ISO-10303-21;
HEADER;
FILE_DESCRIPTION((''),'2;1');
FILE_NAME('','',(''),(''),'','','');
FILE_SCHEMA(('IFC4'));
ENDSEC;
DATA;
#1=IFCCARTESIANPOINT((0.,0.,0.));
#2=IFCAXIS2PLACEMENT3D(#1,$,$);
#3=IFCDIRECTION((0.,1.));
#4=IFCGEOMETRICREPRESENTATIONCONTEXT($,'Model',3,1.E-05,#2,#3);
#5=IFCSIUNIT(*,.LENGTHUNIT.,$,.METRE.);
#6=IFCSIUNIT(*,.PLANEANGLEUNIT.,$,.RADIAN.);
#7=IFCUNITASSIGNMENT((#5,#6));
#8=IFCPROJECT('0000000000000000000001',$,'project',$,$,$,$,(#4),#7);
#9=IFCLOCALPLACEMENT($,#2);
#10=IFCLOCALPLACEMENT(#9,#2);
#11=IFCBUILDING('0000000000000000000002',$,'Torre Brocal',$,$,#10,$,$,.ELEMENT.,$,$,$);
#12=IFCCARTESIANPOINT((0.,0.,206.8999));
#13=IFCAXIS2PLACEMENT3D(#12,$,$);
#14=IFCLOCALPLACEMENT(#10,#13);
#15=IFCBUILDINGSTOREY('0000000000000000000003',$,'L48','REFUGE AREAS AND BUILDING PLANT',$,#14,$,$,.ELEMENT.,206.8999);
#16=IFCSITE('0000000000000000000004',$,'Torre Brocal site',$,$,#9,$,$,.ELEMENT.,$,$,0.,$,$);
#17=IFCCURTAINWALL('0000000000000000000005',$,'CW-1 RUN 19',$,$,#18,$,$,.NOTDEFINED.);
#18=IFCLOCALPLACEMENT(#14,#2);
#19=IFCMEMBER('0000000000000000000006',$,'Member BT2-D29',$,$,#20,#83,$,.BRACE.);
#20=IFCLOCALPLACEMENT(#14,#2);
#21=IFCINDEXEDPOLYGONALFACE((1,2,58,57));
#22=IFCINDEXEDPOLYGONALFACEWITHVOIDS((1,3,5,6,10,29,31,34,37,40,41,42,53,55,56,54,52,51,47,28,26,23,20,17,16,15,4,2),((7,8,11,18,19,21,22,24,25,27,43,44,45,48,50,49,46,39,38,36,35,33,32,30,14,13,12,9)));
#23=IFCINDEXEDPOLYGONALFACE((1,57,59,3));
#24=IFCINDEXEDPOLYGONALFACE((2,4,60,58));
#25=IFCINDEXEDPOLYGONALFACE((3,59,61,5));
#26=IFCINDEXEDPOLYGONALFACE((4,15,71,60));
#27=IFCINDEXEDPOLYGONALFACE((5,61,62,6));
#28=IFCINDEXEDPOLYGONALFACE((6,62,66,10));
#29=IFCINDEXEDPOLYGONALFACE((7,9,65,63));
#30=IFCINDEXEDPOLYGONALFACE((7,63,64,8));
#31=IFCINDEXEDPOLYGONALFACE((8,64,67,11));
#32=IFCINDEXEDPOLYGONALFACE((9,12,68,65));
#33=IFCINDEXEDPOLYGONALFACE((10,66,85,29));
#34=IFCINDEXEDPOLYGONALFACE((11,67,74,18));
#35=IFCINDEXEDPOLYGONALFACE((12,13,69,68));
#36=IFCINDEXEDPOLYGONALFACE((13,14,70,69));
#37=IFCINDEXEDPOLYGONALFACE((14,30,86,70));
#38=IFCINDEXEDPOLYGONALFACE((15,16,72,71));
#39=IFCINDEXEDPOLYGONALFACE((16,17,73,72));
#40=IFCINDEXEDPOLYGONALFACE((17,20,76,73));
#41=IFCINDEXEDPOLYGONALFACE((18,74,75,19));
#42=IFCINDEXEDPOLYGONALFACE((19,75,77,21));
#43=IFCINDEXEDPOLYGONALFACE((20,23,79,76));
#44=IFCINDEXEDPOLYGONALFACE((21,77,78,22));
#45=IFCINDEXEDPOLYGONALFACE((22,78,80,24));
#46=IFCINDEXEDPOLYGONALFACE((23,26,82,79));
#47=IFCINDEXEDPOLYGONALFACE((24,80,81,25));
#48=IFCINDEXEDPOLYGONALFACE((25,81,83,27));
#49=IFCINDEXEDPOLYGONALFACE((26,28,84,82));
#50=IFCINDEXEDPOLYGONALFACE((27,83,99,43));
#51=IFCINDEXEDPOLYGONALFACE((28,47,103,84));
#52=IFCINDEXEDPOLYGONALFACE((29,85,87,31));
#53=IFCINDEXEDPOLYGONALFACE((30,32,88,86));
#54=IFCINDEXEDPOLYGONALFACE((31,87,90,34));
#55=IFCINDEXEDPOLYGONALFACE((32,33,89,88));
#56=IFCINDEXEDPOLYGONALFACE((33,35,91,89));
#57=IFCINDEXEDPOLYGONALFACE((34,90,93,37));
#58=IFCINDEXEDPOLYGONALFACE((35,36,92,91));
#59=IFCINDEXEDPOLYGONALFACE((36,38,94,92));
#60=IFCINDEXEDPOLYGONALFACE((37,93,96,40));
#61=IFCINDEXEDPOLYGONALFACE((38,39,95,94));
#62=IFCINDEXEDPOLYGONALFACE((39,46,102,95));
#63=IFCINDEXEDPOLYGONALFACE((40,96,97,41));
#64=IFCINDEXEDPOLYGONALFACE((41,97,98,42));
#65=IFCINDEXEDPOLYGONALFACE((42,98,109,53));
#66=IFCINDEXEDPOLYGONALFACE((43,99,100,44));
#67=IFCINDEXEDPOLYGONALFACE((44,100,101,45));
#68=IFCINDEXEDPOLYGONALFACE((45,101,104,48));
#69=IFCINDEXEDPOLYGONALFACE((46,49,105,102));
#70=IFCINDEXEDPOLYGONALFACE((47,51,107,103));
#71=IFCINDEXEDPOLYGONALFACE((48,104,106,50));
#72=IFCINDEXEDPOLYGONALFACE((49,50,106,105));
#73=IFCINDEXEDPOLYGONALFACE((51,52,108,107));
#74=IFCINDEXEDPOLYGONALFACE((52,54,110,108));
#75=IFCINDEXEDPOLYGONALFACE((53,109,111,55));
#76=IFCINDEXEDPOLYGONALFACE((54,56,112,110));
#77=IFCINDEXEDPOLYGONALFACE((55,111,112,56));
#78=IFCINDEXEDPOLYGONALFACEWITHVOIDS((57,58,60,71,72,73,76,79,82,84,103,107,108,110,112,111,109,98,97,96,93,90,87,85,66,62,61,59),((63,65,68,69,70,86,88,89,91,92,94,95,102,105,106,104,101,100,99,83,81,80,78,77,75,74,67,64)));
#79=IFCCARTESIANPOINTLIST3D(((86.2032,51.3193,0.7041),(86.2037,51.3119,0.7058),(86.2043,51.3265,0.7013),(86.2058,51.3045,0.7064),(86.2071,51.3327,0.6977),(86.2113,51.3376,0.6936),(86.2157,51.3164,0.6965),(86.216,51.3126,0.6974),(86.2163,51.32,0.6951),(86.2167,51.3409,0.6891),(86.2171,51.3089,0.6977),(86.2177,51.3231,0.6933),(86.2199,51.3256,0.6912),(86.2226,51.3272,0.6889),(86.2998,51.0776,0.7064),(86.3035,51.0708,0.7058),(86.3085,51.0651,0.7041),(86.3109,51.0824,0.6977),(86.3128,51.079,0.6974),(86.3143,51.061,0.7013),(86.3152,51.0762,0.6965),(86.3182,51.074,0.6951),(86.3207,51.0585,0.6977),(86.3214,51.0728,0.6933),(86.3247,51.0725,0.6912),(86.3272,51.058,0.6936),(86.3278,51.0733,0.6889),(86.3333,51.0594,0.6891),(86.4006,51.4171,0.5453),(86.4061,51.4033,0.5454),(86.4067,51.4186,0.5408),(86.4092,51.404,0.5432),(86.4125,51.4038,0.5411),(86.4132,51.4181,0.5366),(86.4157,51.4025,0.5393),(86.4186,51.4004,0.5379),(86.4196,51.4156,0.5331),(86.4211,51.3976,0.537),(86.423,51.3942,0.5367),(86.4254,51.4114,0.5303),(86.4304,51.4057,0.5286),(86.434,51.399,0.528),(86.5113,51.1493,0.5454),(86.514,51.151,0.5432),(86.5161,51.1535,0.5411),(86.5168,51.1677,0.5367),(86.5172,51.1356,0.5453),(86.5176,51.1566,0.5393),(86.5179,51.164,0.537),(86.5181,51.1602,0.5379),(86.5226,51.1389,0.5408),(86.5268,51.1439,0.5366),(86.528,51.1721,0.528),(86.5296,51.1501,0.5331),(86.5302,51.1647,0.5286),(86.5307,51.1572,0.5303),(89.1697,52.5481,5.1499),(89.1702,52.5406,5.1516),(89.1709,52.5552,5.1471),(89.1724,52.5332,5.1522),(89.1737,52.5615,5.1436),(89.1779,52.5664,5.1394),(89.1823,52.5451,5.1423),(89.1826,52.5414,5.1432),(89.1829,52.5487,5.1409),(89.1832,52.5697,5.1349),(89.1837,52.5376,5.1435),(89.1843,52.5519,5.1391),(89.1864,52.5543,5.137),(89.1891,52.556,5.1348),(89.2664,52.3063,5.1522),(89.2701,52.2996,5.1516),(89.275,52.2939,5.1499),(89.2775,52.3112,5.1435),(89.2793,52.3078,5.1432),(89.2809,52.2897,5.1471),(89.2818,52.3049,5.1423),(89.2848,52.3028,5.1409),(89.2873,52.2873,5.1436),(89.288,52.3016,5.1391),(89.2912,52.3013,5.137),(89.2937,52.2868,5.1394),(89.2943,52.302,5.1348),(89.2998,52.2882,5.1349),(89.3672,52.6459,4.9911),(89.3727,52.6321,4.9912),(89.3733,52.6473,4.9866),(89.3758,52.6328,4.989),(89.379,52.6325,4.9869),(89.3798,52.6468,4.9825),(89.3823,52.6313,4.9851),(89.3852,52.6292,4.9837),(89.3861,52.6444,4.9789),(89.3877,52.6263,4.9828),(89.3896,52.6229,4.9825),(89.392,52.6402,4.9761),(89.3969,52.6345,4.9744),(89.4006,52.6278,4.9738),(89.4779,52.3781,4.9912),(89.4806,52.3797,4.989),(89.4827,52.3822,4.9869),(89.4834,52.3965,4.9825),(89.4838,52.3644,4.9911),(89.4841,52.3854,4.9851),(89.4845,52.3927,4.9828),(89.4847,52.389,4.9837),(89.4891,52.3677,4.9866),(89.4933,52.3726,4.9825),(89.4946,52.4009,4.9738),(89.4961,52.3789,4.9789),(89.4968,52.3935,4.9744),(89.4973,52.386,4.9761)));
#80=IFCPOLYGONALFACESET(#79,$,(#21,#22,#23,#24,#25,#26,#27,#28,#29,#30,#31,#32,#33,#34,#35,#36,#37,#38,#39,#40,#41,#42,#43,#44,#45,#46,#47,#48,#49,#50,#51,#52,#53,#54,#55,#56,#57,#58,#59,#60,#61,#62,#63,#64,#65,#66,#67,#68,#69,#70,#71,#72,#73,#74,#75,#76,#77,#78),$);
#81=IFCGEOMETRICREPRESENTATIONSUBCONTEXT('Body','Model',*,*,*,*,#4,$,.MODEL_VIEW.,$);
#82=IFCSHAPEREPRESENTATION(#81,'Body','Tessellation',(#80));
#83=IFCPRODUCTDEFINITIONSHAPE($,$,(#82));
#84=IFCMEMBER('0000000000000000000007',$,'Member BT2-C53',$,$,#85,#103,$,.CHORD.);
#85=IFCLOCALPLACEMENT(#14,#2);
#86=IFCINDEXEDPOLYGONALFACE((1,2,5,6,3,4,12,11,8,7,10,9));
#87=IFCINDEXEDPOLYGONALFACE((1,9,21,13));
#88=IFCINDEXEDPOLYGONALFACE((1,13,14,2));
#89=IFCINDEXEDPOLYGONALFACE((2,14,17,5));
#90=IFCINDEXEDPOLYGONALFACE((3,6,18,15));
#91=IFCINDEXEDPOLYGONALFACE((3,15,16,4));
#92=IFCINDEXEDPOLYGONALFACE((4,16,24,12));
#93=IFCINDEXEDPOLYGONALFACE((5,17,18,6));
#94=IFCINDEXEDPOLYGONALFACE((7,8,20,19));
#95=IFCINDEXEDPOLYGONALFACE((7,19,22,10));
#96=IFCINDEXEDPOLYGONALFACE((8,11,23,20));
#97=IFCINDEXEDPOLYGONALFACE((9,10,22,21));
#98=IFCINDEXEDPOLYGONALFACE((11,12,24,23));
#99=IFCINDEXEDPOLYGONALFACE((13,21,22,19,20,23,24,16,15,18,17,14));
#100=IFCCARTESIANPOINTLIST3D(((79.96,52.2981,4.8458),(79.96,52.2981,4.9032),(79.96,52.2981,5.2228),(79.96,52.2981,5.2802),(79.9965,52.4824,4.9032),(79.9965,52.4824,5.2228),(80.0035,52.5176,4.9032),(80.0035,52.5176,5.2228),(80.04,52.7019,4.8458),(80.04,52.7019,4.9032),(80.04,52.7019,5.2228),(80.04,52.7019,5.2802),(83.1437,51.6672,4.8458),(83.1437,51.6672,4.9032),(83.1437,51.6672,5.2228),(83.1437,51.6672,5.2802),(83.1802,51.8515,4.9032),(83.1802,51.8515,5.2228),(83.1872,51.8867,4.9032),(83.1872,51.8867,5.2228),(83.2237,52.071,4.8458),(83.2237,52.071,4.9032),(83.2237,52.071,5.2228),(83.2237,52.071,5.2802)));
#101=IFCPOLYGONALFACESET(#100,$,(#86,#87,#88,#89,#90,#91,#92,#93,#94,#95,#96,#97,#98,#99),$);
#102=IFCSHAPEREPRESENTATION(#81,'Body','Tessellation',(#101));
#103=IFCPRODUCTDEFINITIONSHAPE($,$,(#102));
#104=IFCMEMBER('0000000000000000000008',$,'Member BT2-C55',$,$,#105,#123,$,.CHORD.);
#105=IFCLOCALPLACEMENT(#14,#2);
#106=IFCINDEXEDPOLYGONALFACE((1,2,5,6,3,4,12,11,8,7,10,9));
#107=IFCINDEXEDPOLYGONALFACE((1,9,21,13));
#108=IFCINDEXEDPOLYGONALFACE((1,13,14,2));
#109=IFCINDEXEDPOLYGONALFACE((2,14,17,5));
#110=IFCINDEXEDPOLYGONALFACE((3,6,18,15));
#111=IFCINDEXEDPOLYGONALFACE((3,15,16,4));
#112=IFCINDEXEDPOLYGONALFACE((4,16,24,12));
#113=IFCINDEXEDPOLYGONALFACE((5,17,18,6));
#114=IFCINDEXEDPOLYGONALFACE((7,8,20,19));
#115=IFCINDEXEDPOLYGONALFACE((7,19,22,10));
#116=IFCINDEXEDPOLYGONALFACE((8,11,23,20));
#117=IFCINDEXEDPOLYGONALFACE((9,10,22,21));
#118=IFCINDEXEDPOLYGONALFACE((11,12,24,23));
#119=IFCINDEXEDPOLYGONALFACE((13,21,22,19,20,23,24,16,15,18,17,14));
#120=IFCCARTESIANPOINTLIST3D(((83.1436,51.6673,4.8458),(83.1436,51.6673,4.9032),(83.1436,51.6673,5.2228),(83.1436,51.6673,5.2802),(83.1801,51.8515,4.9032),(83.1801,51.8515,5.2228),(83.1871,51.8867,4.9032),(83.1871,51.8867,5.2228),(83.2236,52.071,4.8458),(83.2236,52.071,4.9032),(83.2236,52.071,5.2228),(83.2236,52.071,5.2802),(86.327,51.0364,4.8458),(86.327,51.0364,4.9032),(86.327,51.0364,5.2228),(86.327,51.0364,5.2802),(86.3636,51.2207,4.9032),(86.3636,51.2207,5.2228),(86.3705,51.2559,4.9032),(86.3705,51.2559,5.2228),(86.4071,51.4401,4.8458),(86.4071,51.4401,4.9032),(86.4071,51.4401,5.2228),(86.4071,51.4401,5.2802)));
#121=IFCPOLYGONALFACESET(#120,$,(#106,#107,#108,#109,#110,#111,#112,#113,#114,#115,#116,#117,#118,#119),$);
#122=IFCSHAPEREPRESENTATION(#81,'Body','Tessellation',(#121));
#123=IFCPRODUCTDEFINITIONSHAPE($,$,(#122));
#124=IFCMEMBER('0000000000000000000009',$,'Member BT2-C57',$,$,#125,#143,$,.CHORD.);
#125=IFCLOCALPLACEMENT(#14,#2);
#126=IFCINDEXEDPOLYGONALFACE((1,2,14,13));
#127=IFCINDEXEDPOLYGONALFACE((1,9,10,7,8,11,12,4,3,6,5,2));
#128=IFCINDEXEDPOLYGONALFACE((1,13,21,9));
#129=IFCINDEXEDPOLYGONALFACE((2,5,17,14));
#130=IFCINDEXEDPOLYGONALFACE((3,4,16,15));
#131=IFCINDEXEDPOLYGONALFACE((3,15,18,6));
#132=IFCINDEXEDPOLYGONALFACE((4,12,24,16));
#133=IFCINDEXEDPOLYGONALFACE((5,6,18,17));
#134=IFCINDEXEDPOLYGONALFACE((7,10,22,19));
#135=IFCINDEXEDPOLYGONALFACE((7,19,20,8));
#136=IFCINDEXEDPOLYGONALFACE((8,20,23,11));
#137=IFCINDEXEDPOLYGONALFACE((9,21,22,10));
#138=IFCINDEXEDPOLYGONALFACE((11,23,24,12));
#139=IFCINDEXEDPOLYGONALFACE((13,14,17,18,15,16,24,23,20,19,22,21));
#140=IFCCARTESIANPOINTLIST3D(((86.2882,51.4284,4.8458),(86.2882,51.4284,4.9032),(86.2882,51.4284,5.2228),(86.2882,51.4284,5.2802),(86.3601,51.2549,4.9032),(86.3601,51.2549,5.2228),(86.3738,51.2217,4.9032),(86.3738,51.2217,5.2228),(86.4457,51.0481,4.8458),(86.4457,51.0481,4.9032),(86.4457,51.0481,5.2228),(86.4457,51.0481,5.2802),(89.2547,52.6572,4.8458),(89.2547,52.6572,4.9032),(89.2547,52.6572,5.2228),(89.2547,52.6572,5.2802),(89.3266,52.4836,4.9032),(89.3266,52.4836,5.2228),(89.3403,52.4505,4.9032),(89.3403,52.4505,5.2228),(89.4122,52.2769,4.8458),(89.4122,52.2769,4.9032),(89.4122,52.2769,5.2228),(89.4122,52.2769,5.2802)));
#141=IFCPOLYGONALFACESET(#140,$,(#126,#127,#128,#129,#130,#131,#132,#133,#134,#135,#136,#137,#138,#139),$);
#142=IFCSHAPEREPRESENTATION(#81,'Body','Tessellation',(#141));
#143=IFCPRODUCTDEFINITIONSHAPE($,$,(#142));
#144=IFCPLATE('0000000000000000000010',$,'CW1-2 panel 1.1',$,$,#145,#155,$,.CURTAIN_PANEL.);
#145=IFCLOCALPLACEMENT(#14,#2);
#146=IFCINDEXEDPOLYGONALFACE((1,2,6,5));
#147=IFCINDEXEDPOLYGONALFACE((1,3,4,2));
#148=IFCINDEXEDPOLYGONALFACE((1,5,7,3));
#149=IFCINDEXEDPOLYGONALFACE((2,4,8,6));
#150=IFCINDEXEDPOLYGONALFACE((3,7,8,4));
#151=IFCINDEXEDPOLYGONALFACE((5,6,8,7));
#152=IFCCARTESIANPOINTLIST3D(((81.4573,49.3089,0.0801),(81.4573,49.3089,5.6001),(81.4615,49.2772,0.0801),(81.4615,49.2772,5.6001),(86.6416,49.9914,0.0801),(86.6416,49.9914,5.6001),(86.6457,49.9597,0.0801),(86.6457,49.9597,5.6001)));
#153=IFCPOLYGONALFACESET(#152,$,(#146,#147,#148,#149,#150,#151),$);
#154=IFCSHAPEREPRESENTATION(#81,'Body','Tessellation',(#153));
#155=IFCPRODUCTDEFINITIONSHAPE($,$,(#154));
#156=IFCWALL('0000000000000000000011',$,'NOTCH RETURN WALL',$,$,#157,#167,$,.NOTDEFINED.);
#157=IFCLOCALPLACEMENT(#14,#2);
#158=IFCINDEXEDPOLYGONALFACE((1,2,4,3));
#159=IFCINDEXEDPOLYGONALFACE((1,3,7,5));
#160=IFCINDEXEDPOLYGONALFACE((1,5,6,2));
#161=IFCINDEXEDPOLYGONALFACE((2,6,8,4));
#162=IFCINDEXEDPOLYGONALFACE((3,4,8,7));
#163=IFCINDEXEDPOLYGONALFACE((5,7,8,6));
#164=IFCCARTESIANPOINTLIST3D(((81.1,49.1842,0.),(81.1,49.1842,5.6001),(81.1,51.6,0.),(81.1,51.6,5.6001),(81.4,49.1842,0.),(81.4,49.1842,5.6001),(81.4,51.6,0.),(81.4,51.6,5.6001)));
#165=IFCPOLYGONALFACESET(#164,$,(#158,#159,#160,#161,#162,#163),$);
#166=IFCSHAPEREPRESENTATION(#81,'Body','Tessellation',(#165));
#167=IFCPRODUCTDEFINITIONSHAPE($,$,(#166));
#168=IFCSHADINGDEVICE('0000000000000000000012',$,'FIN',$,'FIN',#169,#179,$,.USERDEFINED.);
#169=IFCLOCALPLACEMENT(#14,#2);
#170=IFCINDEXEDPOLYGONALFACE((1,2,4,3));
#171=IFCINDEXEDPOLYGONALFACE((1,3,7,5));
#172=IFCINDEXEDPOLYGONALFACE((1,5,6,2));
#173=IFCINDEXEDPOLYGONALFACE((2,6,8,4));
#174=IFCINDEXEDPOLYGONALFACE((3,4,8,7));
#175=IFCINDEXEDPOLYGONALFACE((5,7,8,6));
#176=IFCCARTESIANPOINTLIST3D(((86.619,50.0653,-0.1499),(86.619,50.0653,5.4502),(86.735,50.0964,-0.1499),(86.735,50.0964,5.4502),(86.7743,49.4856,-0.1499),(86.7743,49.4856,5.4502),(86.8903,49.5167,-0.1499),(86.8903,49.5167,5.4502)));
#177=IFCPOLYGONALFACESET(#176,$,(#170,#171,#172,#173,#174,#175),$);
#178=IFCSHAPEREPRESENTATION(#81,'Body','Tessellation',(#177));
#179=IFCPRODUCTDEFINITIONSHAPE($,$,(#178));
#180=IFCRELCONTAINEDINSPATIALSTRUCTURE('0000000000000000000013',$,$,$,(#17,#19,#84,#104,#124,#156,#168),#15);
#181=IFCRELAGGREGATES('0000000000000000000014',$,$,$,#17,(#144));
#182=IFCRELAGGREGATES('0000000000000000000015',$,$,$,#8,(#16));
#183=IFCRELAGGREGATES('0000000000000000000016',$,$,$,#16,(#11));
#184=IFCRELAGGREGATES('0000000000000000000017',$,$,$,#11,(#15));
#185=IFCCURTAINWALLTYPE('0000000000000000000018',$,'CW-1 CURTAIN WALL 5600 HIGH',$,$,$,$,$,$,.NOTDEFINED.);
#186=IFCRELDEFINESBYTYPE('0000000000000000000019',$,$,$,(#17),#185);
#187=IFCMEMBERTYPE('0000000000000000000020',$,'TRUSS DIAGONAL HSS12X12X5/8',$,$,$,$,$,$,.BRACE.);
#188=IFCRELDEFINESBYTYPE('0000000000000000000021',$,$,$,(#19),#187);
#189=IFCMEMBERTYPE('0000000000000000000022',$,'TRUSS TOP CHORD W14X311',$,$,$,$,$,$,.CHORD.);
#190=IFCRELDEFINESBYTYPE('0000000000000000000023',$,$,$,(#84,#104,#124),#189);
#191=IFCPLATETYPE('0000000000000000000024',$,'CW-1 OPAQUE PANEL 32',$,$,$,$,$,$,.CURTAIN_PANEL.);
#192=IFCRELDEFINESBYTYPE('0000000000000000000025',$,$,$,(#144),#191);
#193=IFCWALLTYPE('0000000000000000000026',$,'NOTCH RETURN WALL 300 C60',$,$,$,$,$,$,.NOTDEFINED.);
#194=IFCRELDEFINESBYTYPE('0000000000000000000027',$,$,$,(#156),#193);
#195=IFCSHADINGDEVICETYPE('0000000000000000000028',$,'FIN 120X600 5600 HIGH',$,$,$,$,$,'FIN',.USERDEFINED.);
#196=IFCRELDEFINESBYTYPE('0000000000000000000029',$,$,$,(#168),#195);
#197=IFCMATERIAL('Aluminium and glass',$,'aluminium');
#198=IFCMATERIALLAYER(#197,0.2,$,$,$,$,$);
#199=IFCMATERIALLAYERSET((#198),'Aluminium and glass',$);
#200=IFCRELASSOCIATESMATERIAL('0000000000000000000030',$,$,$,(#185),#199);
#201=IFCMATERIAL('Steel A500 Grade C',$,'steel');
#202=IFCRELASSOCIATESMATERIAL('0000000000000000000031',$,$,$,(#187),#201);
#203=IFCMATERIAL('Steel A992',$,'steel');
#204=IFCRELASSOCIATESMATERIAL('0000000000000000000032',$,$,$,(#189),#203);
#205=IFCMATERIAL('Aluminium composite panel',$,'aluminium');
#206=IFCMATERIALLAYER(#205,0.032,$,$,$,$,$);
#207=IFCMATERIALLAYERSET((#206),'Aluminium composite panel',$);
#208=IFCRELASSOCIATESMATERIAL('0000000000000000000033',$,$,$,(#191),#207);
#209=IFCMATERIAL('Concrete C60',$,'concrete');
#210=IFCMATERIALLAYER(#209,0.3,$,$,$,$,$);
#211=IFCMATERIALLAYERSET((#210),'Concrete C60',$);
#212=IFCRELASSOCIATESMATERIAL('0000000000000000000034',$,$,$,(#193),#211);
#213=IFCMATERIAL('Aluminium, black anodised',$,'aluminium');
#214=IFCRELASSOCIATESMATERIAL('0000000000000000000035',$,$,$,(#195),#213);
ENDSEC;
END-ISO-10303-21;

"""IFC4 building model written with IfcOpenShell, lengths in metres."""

from ifc_helpers import new_model, si_unit, direction, frame, frame_2d, origin, origin_2d, place, context, subcontext, project, spatial, rectangle, hollow_rectangle, i_section, extrude, material, layer, layer_set, material_profile, profile_set, type_object, element, aggregate, save


model = new_model("IFC4")

# Units and contexts
model_context = context("Model", 3, precision=1e-05, world=origin(), true_north=direction((0.0, 1.0)))
body_context = subcontext(model_context, "Body", "Model", "MODEL_VIEW")
ifc_project = project(units=[si_unit("LENGTHUNIT", "METRE"), si_unit("PLANEANGLEUNIT", "RADIAN")], contexts=[model_context])

# Site, building, storey
site_placement = place(None, origin())
site = spatial("IfcSite", under=ifc_project, at=site_placement, Name="Torre Brocal site", CompositionType="ELEMENT", RefElevation=0.0)
building_placement = place(site_placement, origin())
building = spatial("IfcBuilding", under=site, at=building_placement, Name="Torre Brocal", CompositionType="ELEMENT")
storey_placement = place(building_placement, frame((0.0, 0.0, 206.8999)))
storey = spatial("IfcBuildingStorey", under=building, at=storey_placement, Name="L48", Description="REFUGE AREAS AND BUILDING PLANT", CompositionType="ELEMENT", Elevation=206.8999)

# Curtain wall
ifc_material_1 = material(Name="Aluminium and glass", Category="aluminium")
ifc_layer_1 = layer(ifc_material_1, 0.2)
ifc_layer_set_1 = layer_set([ifc_layer_1], Name="Aluminium and glass")
curtain_wall_type = type_object("IfcCurtainWallType", Name="CW-1 CURTAIN WALL 5600 HIGH", PredefinedType="NOTDEFINED", material=ifc_layer_set_1)
curtain_wall_1_placement = place(storey_placement, origin())
curtain_wall_1 = element("IfcCurtainWall", 1, at=curtain_wall_1_placement, inside=storey, type_object=curtain_wall_type, Name="CW-1 RUN 19", PredefinedType="NOTDEFINED")

# Members
ifc_material_2 = material(Name="Steel A500 Grade C", Category="steel")
ifc_material_profile_1 = material_profile(ifc_material_2, hollow_rectangle(XDim=0.3047, YDim=0.3047, WallThickness=0.0149, InnerFilletRadius=0.0149, OuterFilletRadius=0.0295, at=origin_2d()), Name="HSS12X12X5/8")
ifc_profile_set_1 = profile_set([ifc_material_profile_1], Name="Steel A500 Grade C")
member_type_1 = type_object("IfcMemberType", Name="TRUSS DIAGONAL HSS12X12X5/8", PredefinedType="BRACE", material=ifc_profile_set_1)
member_1_placement = place(storey_placement, frame((86.3669, 51.2383, 0.6172), z_axis=(0.540936, 0.224058, 0.81067), x_axis=(-0.382676, 0.923882, 0.0)))
element("IfcMember", 2, at=member_1_placement, inside=storey, type_object=member_type_1, Name="Member BT2-D29", PredefinedType="BRACE", context=body_context, shape_type="SweptSolid", body=[
    extrude(hollow_rectangle(XDim=0.3047, YDim=0.3047, WallThickness=0.0149, InnerFilletRadius=0.0149, OuterFilletRadius=0.0295, at=origin_2d()), origin(), (0.0, 0.0, 1.0), 5.4841),
])
ifc_material_3 = material(Name="Steel A992", Category="steel")
ifc_material_profile_2 = material_profile(ifc_material_3, i_section(OverallWidth=0.4116, OverallDepth=0.4343, WebThickness=0.0359, FlangeThickness=0.0574, at=origin_2d()), Name="W14X311")
ifc_profile_set_2 = profile_set([ifc_material_profile_2], Name="Steel A992")
member_type_2 = type_object("IfcMemberType", Name="TRUSS TOP CHORD W14X311", PredefinedType="CHORD", material=ifc_profile_set_2)
member_2_placement = place(storey_placement, frame((80.0, 52.5, 5.063), z_axis=(0.980926, -0.19438, 0.0), x_axis=(0.19438, 0.980926, 0.0)))
element("IfcMember", 3, at=member_2_placement, inside=storey, type_object=member_type_2, Name="Member BT2-C53", PredefinedType="CHORD", context=body_context, shape_type="SweptSolid", body=[
    extrude(i_section(OverallWidth=0.4116, OverallDepth=0.4343, WebThickness=0.0359, FlangeThickness=0.0574, at=origin_2d()), origin(), (0.0, 0.0, 1.0), 3.2456),
])
member_3_placement = place(storey_placement, frame((83.1836, 51.8691, 5.063), z_axis=(0.980923, -0.194394, 0.0), x_axis=(0.194394, 0.980923, 0.0)))
element("IfcMember", 4, at=member_3_placement, inside=storey, type_object=member_type_2, Name="Member BT2-C55", PredefinedType="CHORD", context=body_context, shape_type="SweptSolid", body=[
    extrude(i_section(OverallWidth=0.4116, OverallDepth=0.4343, WebThickness=0.0359, FlangeThickness=0.0574, at=origin_2d()), origin(), (0.0, 0.0, 1.0), 3.2454),
])
member_4_placement = place(storey_placement, frame((86.3669, 51.2383, 5.063), z_axis=(0.923882, 0.382676, 0.0), x_axis=(-0.382676, 0.923882, 0.0)))
element("IfcMember", 5, at=member_4_placement, inside=storey, type_object=member_type_2, Name="Member BT2-C57", PredefinedType="CHORD", context=body_context, shape_type="SweptSolid", body=[
    extrude(i_section(OverallWidth=0.4116, OverallDepth=0.4343, WebThickness=0.0359, FlangeThickness=0.0574, at=origin_2d()), origin(), (0.0, 0.0, 1.0), 3.2109),
])

# Plate
ifc_material_4 = material(Name="Aluminium composite panel", Category="aluminium")
ifc_layer_2 = layer(ifc_material_4, 0.032)
ifc_layer_set_2 = layer_set([ifc_layer_2], Name="Aluminium composite panel")
plate_type = type_object("IfcPlateType", Name="CW-1 OPAQUE PANEL 32", PredefinedType="CURTAIN_PANEL", material=ifc_layer_set_2)
plate_placement = place(storey_placement, frame((84.0515, 49.6343, 0.0801), z_axis=(0.0, 0.0, 1.0), x_axis=(0.991445, 0.130526, 0.0)))
plate = element("IfcPlate", 6, at=plate_placement, type_object=plate_type, Name="CW1-2 panel 1.1", PredefinedType="CURTAIN_PANEL", context=body_context, shape_type="SweptSolid", body=[
    extrude(rectangle(XDim=5.229, YDim=0.032, at=origin_2d()), origin(), (0.0, 0.0, 1.0), 5.52),
])
aggregate(curtain_wall_1, [plate])

# Wall
ifc_material_5 = material(Name="Concrete C60", Category="concrete")
ifc_layer_3 = layer(ifc_material_5, 0.3)
ifc_layer_set_3 = layer_set([ifc_layer_3], Name="Concrete C60")
wall_type = type_object("IfcWallType", Name="NOTCH RETURN WALL 300 C60", PredefinedType="NOTDEFINED", material=ifc_layer_set_3)
wall_placement = place(storey_placement, frame((81.25, 51.6001, 0.0), z_axis=(0.0, 0.0, 1.0), x_axis=(0.0, -1.0, 0.0)))
element("IfcWall", 7, at=wall_placement, inside=storey, type_object=wall_type, Name="NOTCH RETURN WALL", PredefinedType="NOTDEFINED", context=body_context, shape_type="SweptSolid", body=[
    extrude(rectangle(XDim=2.4158, YDim=0.3, at=frame_2d((1.208, 0.0))), origin(), (0.0, 0.0, 1.0), 5.6001),
])

# Shading device
ifc_material_6 = material(Name="Aluminium, black anodised", Category="aluminium")
ifc_material_profile_3 = material_profile(ifc_material_6, rectangle(XDim=0.1201, YDim=0.6001, at=origin_2d()), Name="FIN 120X600 5600 HIGH")
ifc_profile_set_3 = profile_set([ifc_material_profile_3], Name="Aluminium, black anodised")
shading_device_type = type_object("IfcShadingDeviceType", Name="FIN 120X600 5600 HIGH", ElementType="FIN", PredefinedType="USERDEFINED", material=ifc_profile_set_3)
shading_device_placement = place(storey_placement, frame((86.7546, 49.791, -0.1499), z_axis=(0.0, 0.0, 1.0), x_axis=(0.965926, 0.258819, 0.0)))
element("IfcShadingDevice", 8, at=shading_device_placement, inside=storey, type_object=shading_device_type, Name="FIN", ObjectType="FIN", PredefinedType="USERDEFINED", context=body_context, shape_type="SweptSolid", body=[
    extrude(rectangle(XDim=0.1201, YDim=0.6001, at=origin_2d()), origin(), (0.0, 0.0, 1.0), 5.6001),
])

save(model, "model.ifc")
